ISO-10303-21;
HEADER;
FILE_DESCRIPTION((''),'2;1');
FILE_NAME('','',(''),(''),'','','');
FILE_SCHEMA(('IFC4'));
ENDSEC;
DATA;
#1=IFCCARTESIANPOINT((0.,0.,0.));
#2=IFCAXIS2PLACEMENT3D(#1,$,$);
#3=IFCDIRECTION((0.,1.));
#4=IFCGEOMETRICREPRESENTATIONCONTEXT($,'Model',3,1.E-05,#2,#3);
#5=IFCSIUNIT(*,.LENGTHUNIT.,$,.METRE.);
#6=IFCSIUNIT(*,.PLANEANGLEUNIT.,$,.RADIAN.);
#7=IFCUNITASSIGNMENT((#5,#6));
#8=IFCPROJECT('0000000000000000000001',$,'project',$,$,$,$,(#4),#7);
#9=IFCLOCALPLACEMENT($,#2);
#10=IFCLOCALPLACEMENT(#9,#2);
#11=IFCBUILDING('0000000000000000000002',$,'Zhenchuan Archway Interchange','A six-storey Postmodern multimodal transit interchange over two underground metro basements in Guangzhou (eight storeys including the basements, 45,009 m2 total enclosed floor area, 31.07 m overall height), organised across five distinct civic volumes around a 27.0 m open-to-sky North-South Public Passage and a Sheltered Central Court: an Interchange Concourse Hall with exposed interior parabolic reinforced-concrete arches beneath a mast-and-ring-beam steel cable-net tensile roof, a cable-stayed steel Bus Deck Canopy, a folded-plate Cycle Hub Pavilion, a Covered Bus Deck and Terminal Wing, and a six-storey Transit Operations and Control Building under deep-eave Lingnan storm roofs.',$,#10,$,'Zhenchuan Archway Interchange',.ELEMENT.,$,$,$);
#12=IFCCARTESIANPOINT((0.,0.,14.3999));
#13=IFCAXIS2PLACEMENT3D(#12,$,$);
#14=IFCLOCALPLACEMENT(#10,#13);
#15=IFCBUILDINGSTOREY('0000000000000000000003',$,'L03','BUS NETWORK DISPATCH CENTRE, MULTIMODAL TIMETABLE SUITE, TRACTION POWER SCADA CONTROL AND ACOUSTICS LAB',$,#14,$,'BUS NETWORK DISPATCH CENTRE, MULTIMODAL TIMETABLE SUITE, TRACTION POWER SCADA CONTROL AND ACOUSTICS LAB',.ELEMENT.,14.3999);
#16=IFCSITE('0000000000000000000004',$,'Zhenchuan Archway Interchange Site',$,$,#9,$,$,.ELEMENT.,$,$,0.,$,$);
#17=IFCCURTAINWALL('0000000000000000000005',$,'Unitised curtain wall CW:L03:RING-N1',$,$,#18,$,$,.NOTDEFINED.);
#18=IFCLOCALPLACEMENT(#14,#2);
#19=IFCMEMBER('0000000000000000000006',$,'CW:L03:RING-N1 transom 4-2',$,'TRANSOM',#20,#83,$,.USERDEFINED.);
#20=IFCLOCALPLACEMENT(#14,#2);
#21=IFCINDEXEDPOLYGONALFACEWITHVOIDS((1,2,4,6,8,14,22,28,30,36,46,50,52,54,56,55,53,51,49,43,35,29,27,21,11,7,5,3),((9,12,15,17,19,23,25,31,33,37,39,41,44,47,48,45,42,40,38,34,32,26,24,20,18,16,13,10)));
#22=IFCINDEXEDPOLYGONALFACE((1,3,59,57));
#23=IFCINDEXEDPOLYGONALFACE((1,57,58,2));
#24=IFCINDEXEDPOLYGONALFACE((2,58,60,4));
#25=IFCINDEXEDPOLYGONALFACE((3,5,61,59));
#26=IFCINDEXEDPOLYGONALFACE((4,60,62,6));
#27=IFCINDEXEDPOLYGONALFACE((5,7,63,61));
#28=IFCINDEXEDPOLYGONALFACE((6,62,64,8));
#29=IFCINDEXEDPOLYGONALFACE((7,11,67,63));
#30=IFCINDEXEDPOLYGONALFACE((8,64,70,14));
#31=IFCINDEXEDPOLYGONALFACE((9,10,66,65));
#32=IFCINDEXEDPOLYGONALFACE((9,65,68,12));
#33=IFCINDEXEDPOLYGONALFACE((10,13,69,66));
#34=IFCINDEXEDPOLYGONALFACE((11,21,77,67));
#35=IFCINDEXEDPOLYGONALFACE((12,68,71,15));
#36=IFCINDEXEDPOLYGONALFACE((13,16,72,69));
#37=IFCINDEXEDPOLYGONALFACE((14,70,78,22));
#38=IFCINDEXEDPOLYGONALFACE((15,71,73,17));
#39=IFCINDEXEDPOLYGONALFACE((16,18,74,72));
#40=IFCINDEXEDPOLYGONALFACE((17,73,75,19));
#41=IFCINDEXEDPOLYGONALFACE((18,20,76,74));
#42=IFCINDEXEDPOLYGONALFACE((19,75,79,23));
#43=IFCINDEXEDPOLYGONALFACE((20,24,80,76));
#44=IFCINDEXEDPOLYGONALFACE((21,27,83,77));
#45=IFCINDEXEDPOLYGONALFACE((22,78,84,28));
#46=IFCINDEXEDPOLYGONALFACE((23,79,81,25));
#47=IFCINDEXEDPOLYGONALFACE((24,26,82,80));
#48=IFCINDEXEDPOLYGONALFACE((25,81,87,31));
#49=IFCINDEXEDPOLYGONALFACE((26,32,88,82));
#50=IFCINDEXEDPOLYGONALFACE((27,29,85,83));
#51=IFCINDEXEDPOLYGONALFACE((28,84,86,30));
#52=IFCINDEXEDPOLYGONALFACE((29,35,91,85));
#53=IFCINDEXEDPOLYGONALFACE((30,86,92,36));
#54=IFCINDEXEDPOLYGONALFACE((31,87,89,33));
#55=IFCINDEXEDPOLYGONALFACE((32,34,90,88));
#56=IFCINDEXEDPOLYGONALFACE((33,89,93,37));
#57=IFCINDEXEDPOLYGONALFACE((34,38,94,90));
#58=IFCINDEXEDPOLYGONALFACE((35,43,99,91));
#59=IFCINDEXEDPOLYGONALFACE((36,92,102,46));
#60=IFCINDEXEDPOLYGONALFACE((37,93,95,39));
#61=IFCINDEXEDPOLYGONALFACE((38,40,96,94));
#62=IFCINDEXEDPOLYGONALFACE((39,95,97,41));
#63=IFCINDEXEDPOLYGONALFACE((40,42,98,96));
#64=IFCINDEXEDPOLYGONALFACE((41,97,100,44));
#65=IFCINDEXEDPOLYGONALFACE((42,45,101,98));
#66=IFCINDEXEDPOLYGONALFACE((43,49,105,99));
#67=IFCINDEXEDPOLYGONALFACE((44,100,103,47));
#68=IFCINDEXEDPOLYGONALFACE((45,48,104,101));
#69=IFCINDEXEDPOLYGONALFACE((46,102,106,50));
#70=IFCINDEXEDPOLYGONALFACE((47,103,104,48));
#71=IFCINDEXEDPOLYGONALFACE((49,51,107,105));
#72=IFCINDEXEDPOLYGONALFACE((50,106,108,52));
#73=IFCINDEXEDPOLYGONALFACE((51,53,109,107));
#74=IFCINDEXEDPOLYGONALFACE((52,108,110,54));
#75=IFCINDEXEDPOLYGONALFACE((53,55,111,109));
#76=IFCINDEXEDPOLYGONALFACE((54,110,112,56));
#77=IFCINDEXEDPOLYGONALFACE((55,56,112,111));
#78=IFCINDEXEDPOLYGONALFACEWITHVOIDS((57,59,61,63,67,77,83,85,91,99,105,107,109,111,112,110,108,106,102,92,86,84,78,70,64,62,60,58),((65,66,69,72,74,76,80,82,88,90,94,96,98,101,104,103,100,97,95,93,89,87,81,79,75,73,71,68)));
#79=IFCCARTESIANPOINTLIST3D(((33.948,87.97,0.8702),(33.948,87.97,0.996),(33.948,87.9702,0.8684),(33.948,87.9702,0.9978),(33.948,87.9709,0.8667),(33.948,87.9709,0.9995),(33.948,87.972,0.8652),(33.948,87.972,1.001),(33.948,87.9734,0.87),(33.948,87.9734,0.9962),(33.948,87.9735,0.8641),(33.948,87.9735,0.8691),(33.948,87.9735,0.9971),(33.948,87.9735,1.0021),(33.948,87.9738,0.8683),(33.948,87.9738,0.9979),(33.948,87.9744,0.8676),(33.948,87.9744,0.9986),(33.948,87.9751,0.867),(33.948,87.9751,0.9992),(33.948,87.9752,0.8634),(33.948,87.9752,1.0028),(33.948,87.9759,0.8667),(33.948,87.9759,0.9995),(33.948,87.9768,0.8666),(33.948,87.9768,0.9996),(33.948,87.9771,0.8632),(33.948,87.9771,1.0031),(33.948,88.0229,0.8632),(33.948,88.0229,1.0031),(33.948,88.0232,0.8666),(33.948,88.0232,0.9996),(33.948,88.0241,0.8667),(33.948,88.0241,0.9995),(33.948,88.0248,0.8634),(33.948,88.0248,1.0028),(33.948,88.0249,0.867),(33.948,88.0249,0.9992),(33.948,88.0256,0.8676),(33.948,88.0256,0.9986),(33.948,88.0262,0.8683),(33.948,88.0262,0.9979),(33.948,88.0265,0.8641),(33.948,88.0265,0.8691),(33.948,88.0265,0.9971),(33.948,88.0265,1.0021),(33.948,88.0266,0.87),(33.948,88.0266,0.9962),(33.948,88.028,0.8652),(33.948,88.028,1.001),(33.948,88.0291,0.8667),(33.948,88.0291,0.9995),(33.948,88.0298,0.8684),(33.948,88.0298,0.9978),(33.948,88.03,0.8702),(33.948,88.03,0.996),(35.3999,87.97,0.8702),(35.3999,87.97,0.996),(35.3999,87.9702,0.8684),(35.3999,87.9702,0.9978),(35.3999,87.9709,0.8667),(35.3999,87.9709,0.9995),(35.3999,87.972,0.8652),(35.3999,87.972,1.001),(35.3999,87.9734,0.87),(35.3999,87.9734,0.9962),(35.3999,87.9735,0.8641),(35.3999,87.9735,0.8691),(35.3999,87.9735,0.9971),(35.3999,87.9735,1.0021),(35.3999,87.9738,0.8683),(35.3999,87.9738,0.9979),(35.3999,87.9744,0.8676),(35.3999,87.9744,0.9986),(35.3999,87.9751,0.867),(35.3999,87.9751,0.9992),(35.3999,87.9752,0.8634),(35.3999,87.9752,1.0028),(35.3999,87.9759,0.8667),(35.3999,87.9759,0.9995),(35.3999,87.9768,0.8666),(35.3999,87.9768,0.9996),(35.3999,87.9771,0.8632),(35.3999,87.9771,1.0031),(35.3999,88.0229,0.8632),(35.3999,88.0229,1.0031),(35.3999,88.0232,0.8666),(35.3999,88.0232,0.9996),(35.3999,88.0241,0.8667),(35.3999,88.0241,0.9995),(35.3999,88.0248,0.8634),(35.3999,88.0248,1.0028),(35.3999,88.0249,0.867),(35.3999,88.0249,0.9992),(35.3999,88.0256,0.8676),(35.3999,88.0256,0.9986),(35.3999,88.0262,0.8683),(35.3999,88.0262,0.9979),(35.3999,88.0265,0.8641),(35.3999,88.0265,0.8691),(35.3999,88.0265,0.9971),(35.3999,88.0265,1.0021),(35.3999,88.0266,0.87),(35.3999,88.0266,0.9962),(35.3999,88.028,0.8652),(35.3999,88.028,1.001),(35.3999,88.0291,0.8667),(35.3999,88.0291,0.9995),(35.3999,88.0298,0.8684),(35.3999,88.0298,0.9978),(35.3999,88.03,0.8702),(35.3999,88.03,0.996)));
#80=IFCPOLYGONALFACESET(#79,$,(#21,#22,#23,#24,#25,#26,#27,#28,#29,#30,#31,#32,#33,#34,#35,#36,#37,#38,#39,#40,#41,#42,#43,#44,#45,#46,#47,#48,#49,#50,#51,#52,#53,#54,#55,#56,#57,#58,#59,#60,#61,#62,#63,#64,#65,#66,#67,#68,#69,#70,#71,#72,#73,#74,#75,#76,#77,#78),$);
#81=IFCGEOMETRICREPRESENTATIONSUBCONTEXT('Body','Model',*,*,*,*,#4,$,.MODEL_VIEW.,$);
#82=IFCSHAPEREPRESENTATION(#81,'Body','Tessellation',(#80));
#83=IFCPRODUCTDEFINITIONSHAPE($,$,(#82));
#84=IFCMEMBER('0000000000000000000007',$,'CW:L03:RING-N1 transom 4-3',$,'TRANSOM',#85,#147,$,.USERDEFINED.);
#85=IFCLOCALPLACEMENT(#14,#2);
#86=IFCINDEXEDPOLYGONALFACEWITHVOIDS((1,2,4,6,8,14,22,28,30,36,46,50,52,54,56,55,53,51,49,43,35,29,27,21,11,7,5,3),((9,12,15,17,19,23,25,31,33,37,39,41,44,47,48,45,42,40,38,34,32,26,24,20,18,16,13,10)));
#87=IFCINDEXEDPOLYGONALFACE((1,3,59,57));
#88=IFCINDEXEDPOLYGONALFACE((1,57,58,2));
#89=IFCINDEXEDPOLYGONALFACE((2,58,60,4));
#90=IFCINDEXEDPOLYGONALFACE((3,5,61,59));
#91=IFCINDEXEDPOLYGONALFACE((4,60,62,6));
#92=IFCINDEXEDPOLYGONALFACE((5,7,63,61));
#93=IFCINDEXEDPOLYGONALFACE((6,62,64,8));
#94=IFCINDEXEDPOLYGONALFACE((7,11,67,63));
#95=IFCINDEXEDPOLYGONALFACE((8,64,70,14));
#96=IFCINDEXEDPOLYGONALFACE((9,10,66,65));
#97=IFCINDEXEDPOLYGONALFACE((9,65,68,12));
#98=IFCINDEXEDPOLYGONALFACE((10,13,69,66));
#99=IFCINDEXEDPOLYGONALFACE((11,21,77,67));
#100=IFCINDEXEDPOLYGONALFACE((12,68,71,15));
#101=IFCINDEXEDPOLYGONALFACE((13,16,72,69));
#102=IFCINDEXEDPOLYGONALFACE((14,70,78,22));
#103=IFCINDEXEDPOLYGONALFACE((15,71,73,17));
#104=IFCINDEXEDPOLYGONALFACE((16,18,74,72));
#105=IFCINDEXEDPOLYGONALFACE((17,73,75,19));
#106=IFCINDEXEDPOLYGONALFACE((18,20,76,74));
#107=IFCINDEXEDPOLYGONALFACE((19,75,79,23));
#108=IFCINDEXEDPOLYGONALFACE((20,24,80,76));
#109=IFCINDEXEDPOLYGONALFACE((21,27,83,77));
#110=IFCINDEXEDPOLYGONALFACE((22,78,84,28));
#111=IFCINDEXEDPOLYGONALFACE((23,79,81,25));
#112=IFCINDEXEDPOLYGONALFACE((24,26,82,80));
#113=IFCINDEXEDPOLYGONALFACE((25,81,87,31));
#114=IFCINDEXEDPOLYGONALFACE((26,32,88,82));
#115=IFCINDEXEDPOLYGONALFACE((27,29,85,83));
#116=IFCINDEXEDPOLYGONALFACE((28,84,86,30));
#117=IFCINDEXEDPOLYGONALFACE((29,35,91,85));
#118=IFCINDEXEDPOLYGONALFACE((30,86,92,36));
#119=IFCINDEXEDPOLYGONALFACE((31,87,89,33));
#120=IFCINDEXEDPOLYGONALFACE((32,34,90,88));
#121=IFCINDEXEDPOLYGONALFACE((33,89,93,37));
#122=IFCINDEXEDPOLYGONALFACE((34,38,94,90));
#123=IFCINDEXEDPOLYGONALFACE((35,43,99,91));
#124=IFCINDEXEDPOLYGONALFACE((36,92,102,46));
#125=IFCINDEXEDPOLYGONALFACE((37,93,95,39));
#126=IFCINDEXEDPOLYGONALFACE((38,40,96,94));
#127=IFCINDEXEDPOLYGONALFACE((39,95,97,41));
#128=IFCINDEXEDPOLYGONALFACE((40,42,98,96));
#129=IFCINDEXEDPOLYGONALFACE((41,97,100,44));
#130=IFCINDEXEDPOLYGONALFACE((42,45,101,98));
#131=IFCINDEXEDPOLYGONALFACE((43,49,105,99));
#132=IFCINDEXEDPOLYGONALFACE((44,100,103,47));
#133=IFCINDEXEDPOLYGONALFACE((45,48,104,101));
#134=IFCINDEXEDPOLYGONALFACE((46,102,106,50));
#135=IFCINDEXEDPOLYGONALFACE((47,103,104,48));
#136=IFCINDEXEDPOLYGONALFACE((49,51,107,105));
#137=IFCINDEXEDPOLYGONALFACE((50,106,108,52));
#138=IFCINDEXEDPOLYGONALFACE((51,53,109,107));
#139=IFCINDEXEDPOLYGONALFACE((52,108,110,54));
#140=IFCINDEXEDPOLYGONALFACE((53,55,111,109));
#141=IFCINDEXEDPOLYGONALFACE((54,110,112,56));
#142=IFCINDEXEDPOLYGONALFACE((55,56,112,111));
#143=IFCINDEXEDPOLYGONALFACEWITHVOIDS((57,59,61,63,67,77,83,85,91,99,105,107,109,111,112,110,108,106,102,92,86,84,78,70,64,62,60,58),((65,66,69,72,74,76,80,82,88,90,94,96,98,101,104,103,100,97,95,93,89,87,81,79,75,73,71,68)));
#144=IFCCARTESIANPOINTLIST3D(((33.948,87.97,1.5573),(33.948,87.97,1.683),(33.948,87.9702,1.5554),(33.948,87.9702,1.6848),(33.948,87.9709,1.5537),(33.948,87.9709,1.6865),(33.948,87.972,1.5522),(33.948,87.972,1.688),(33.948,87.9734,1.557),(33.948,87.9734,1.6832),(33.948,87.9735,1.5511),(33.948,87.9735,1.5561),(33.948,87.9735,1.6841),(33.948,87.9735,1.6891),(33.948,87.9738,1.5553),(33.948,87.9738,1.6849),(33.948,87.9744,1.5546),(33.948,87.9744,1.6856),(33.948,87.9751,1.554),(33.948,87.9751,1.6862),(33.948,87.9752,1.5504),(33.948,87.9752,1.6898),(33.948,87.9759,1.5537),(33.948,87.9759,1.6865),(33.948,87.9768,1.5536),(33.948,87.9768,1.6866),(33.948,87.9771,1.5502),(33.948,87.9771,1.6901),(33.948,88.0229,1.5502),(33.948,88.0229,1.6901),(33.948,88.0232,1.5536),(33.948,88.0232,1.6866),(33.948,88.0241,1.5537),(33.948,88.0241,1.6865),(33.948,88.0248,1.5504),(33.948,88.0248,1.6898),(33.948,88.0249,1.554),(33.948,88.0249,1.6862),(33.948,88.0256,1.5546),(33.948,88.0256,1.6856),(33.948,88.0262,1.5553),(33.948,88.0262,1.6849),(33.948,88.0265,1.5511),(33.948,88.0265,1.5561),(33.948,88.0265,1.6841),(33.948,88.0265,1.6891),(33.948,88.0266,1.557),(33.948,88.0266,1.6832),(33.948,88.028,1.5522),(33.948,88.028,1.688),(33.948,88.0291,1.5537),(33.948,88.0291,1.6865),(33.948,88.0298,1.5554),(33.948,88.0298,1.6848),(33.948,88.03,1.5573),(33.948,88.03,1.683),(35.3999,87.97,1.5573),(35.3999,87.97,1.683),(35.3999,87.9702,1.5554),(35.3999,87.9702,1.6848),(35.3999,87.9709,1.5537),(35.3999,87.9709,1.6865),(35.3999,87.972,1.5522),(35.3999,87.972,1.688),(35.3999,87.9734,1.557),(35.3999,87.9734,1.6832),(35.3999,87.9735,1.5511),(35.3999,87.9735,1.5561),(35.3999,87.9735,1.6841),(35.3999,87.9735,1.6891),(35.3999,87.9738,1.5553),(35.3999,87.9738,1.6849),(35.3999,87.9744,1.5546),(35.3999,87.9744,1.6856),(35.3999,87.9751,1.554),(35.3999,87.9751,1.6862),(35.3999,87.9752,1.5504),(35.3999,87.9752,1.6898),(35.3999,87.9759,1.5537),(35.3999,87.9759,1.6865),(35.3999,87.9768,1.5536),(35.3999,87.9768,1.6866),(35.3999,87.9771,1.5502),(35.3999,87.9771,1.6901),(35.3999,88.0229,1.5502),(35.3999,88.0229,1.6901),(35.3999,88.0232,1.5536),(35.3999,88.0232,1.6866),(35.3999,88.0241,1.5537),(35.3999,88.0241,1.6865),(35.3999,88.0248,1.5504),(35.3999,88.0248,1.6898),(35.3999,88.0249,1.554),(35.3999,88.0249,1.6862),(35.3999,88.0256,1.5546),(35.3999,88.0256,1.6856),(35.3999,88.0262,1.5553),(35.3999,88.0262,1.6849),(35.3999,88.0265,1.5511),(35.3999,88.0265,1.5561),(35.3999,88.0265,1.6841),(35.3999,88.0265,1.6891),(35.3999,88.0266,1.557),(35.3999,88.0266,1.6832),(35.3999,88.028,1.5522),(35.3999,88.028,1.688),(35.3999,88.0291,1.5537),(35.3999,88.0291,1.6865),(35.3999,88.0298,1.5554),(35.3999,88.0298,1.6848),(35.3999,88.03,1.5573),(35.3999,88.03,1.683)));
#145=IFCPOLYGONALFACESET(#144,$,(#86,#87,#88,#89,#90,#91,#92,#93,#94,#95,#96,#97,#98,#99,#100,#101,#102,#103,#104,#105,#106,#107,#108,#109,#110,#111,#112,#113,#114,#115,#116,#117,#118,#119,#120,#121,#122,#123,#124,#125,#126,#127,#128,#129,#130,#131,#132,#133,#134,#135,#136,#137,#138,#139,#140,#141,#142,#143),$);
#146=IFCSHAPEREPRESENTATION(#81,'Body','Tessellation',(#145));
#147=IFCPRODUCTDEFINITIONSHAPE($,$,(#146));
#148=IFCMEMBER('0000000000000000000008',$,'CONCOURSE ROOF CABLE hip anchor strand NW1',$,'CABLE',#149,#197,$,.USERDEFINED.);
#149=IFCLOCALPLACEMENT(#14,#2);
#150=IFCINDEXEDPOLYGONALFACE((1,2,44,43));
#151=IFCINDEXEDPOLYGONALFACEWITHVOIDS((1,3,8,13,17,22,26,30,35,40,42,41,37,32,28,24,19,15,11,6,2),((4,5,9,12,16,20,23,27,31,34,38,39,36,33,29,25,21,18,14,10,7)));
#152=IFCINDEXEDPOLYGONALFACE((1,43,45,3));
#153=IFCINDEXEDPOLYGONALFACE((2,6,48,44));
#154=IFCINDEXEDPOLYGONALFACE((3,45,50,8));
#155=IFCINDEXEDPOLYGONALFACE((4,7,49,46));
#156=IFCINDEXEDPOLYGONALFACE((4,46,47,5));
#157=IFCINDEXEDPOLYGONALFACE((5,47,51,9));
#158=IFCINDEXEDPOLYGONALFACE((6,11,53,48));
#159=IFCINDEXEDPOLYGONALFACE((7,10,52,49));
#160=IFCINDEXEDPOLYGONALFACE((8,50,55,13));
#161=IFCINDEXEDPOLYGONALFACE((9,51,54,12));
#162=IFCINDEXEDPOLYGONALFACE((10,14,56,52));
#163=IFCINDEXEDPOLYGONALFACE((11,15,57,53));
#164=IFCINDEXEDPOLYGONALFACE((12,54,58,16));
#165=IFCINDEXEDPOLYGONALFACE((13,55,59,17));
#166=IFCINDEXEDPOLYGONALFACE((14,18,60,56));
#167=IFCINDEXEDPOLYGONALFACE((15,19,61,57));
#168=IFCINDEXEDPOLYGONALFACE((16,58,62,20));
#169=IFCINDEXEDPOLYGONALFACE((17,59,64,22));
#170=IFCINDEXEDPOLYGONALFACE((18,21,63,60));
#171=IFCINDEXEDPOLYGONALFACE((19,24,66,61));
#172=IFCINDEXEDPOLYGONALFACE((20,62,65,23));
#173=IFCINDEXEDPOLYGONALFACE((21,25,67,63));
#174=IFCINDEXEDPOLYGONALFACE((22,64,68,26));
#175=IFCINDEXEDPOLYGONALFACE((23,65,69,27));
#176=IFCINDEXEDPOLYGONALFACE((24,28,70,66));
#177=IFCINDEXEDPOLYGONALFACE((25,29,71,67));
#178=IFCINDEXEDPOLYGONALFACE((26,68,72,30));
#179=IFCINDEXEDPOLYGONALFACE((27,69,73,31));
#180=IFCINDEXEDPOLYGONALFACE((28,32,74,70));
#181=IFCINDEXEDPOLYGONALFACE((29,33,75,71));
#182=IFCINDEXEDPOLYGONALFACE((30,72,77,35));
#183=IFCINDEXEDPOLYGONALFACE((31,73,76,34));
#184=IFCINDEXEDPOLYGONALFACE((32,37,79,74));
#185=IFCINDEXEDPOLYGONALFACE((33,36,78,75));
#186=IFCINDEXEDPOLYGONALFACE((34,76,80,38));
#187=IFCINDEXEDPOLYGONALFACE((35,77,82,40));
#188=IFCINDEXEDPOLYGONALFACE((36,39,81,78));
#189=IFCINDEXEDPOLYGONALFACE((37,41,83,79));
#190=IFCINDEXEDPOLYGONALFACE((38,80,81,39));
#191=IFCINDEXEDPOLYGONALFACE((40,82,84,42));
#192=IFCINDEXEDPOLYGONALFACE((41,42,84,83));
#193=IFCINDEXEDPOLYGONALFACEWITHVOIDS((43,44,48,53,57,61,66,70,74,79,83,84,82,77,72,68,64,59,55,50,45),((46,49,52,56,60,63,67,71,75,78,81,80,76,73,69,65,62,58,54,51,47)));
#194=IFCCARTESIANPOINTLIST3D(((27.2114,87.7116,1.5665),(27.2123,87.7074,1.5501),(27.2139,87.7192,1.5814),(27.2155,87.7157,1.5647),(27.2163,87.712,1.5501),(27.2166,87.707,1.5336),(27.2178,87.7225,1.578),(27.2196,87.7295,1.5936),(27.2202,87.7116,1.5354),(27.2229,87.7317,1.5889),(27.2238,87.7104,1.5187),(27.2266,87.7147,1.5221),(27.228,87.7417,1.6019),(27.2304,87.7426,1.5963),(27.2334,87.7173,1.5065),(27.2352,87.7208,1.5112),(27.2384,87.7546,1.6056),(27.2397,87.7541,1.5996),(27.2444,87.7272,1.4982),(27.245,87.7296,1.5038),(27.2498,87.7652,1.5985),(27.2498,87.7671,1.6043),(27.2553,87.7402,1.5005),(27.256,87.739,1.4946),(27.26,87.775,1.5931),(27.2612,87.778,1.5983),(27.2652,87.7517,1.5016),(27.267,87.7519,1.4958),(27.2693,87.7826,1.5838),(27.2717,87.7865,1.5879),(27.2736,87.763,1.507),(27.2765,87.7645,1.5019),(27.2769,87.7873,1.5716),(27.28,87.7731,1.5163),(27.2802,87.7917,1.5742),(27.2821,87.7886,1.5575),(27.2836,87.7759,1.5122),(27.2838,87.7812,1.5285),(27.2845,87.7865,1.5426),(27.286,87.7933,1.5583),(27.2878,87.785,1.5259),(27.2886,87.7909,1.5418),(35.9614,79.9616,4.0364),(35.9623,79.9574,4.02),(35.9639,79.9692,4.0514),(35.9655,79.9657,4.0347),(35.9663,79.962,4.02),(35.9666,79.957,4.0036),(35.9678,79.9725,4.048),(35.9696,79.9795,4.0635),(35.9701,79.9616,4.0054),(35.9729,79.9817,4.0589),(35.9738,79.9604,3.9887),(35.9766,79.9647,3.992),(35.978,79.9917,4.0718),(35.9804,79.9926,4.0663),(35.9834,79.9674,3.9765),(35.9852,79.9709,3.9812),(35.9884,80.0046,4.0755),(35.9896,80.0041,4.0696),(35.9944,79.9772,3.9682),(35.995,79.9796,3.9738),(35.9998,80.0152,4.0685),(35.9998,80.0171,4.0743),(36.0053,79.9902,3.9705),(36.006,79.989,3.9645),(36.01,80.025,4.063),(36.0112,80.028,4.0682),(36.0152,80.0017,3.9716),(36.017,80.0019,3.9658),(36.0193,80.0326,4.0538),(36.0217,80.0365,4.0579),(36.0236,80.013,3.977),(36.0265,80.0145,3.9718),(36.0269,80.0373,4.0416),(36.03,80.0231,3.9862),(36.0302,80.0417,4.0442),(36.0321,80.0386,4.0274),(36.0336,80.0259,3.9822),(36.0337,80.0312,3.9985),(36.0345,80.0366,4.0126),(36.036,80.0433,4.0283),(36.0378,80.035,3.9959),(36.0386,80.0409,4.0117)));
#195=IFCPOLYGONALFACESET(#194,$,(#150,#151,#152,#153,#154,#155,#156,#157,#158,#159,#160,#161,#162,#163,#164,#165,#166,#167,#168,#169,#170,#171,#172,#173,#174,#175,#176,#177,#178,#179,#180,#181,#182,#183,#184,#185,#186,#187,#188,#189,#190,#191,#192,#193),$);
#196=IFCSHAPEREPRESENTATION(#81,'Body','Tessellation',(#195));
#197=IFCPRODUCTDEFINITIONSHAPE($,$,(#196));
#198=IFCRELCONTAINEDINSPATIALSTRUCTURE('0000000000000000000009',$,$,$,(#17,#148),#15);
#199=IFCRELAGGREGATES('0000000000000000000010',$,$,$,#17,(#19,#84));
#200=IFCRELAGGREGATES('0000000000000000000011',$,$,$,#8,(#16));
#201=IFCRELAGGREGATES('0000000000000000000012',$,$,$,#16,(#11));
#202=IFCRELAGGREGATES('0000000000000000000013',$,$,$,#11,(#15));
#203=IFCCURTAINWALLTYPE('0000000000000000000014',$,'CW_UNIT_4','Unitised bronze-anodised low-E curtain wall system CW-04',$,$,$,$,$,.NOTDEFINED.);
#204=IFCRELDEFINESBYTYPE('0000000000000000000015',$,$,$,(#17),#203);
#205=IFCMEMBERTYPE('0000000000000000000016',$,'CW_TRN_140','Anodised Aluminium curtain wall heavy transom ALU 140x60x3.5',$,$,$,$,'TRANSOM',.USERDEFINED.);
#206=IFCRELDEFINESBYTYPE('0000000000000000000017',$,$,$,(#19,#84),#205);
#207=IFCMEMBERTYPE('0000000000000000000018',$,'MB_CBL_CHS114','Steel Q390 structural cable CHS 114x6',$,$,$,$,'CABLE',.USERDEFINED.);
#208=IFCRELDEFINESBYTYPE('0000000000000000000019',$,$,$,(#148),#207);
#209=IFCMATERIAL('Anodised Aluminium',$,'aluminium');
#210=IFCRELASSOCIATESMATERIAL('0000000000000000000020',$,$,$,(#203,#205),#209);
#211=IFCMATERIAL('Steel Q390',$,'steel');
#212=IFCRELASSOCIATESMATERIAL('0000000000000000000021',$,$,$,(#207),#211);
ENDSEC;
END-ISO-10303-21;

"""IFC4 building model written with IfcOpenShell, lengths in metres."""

from ifc_helpers import new_model, si_unit, direction, frame, origin, origin_2d, place, context, subcontext, project, spatial, hollow_rectangle, hollow_circle, extrude, material, material_profile, profile_set, type_object, element, aggregate, save


model = new_model("IFC4")

# Units and contexts
model_context = context("Model", 3, precision=1e-05, world=origin(), true_north=direction((0.0, 1.0)))
body_context = subcontext(model_context, "Body", "Model", "MODEL_VIEW")
ifc_project = project(units=[si_unit("LENGTHUNIT", "METRE"), si_unit("PLANEANGLEUNIT", "RADIAN")], contexts=[model_context])

# Site, building, storey
site_placement = place(None, origin())
site = spatial("IfcSite", under=ifc_project, at=site_placement, Name="Zhenchuan Archway Interchange Site", CompositionType="ELEMENT", RefElevation=0.0)
building_placement = place(site_placement, origin())
building = spatial("IfcBuilding", under=site, at=building_placement, Name="Zhenchuan Archway Interchange", Description="A six-storey Postmodern multimodal transit interchange over two underground metro basements in Guangzhou (eight storeys including the basements, 45,009 m2 total enclosed floor area, 31.07 m overall height), organised across five distinct civic volumes around a 27.0 m open-to-sky North-South Public Passage and a Sheltered Central Court: an Interchange Concourse Hall with exposed interior parabolic reinforced-concrete arches beneath a mast-and-ring-beam steel cable-net tensile roof, a cable-stayed steel Bus Deck Canopy, a folded-plate Cycle Hub Pavilion, a Covered Bus Deck and Terminal Wing, and a six-storey Transit Operations and Control Building under deep-eave Lingnan storm roofs.", LongName="Zhenchuan Archway Interchange", CompositionType="ELEMENT")
storey_placement = place(building_placement, frame((0.0, 0.0, 14.3999)))
storey = spatial("IfcBuildingStorey", under=building, at=storey_placement, Name="L03", Description="BUS NETWORK DISPATCH CENTRE, MULTIMODAL TIMETABLE SUITE, TRACTION POWER SCADA CONTROL AND ACOUSTICS LAB", LongName="BUS NETWORK DISPATCH CENTRE, MULTIMODAL TIMETABLE SUITE, TRACTION POWER SCADA CONTROL AND ACOUSTICS LAB", CompositionType="ELEMENT", Elevation=14.3999)

# Shared definitions
ifc_material_1 = material(Name="Steel Q390", Category="steel")

# Curtain wall, members
ifc_material_2 = material(Name="Anodised Aluminium", Category="aluminium")
curtain_wall_type = type_object("IfcCurtainWallType", Name="CW_UNIT_4", Description="Unitised bronze-anodised low-E curtain wall system CW-04", PredefinedType="NOTDEFINED", material=ifc_material_2)
curtain_wall_placement = place(storey_placement, origin())
curtain_wall = element("IfcCurtainWall", 1, at=curtain_wall_placement, inside=storey, type_object=curtain_wall_type, Name="Unitised curtain wall CW:L03:RING-N1", PredefinedType="NOTDEFINED")
ifc_material_profile_1 = material_profile(ifc_material_2, hollow_rectangle(XDim=0.0601, YDim=0.1399, WallThickness=0.0034, InnerFilletRadius=0.0034, OuterFilletRadius=0.0071, at=origin_2d()), Name="ALU 140x60x3.5")
ifc_profile_set_1 = profile_set([ifc_material_profile_1], Name="Anodised Aluminium")
member_type_1 = type_object("IfcMemberType", Name="CW_TRN_140", Description="Anodised Aluminium curtain wall heavy transom ALU 140x60x3.5", ElementType="TRANSOM", PredefinedType="USERDEFINED", material=ifc_profile_set_1)
member_1_placement = place(storey_placement, frame((33.948, 88.0, 0.9331), z_axis=(1.0, 0.0, 0.0), x_axis=(0.0, 1.0, 0.0)))
member_1 = element("IfcMember", 2, at=member_1_placement, type_object=member_type_1, Name="CW:L03:RING-N1 transom 4-2", ObjectType="TRANSOM", PredefinedType="USERDEFINED", context=body_context, shape_type="SweptSolid", body=[
    extrude(hollow_rectangle(XDim=0.0601, YDim=0.1399, WallThickness=0.0034, InnerFilletRadius=0.0034, OuterFilletRadius=0.0071, at=origin_2d()), origin(), (0.0, 0.0, 1.0), 1.4519),
])
member_2_placement = place(storey_placement, frame((33.948, 88.0, 1.6201), z_axis=(1.0, 0.0, 0.0), x_axis=(0.0, 1.0, 0.0)))
member_2 = element("IfcMember", 3, at=member_2_placement, type_object=member_type_1, Name="CW:L03:RING-N1 transom 4-3", ObjectType="TRANSOM", PredefinedType="USERDEFINED", context=body_context, shape_type="SweptSolid", body=[
    extrude(hollow_rectangle(XDim=0.0601, YDim=0.1399, WallThickness=0.0034, InnerFilletRadius=0.0034, OuterFilletRadius=0.0071, at=origin_2d()), origin(), (0.0, 0.0, 1.0), 1.4519),
])

# Member
ifc_material_profile_2 = material_profile(ifc_material_1, hollow_circle(Radius=0.0569, WallThickness=0.0061, at=origin_2d()), Name="CHS 114x6")
ifc_profile_set_2 = profile_set([ifc_material_profile_2], Name="Steel Q390")
member_type_2 = type_object("IfcMemberType", Name="MB_CBL_CHS114", Description="Steel Q390 structural cable CHS 114x6", ElementType="CABLE", PredefinedType="USERDEFINED", material=ifc_profile_set_2)
member_3_placement = place(storey_placement, frame((36.0, 80.0, 4.02), z_axis=(-0.732414, 0.64871, -0.206748), x_axis=(-0.663035, -0.748588, 0.0)))
element("IfcMember", 4, at=member_3_placement, inside=storey, type_object=member_type_2, Name="CONCOURSE ROOF CABLE hip anchor strand NW1", ObjectType="CABLE", PredefinedType="USERDEFINED", context=body_context, shape_type="SweptSolid", body=[
    extrude(hollow_circle(Radius=0.0569, WallThickness=0.0061, at=origin_2d()), origin(), (0.0, 0.0, 1.0), 11.9468),
])

aggregate(curtain_wall, [member_1, member_2])

save(model, "model.ifc")
